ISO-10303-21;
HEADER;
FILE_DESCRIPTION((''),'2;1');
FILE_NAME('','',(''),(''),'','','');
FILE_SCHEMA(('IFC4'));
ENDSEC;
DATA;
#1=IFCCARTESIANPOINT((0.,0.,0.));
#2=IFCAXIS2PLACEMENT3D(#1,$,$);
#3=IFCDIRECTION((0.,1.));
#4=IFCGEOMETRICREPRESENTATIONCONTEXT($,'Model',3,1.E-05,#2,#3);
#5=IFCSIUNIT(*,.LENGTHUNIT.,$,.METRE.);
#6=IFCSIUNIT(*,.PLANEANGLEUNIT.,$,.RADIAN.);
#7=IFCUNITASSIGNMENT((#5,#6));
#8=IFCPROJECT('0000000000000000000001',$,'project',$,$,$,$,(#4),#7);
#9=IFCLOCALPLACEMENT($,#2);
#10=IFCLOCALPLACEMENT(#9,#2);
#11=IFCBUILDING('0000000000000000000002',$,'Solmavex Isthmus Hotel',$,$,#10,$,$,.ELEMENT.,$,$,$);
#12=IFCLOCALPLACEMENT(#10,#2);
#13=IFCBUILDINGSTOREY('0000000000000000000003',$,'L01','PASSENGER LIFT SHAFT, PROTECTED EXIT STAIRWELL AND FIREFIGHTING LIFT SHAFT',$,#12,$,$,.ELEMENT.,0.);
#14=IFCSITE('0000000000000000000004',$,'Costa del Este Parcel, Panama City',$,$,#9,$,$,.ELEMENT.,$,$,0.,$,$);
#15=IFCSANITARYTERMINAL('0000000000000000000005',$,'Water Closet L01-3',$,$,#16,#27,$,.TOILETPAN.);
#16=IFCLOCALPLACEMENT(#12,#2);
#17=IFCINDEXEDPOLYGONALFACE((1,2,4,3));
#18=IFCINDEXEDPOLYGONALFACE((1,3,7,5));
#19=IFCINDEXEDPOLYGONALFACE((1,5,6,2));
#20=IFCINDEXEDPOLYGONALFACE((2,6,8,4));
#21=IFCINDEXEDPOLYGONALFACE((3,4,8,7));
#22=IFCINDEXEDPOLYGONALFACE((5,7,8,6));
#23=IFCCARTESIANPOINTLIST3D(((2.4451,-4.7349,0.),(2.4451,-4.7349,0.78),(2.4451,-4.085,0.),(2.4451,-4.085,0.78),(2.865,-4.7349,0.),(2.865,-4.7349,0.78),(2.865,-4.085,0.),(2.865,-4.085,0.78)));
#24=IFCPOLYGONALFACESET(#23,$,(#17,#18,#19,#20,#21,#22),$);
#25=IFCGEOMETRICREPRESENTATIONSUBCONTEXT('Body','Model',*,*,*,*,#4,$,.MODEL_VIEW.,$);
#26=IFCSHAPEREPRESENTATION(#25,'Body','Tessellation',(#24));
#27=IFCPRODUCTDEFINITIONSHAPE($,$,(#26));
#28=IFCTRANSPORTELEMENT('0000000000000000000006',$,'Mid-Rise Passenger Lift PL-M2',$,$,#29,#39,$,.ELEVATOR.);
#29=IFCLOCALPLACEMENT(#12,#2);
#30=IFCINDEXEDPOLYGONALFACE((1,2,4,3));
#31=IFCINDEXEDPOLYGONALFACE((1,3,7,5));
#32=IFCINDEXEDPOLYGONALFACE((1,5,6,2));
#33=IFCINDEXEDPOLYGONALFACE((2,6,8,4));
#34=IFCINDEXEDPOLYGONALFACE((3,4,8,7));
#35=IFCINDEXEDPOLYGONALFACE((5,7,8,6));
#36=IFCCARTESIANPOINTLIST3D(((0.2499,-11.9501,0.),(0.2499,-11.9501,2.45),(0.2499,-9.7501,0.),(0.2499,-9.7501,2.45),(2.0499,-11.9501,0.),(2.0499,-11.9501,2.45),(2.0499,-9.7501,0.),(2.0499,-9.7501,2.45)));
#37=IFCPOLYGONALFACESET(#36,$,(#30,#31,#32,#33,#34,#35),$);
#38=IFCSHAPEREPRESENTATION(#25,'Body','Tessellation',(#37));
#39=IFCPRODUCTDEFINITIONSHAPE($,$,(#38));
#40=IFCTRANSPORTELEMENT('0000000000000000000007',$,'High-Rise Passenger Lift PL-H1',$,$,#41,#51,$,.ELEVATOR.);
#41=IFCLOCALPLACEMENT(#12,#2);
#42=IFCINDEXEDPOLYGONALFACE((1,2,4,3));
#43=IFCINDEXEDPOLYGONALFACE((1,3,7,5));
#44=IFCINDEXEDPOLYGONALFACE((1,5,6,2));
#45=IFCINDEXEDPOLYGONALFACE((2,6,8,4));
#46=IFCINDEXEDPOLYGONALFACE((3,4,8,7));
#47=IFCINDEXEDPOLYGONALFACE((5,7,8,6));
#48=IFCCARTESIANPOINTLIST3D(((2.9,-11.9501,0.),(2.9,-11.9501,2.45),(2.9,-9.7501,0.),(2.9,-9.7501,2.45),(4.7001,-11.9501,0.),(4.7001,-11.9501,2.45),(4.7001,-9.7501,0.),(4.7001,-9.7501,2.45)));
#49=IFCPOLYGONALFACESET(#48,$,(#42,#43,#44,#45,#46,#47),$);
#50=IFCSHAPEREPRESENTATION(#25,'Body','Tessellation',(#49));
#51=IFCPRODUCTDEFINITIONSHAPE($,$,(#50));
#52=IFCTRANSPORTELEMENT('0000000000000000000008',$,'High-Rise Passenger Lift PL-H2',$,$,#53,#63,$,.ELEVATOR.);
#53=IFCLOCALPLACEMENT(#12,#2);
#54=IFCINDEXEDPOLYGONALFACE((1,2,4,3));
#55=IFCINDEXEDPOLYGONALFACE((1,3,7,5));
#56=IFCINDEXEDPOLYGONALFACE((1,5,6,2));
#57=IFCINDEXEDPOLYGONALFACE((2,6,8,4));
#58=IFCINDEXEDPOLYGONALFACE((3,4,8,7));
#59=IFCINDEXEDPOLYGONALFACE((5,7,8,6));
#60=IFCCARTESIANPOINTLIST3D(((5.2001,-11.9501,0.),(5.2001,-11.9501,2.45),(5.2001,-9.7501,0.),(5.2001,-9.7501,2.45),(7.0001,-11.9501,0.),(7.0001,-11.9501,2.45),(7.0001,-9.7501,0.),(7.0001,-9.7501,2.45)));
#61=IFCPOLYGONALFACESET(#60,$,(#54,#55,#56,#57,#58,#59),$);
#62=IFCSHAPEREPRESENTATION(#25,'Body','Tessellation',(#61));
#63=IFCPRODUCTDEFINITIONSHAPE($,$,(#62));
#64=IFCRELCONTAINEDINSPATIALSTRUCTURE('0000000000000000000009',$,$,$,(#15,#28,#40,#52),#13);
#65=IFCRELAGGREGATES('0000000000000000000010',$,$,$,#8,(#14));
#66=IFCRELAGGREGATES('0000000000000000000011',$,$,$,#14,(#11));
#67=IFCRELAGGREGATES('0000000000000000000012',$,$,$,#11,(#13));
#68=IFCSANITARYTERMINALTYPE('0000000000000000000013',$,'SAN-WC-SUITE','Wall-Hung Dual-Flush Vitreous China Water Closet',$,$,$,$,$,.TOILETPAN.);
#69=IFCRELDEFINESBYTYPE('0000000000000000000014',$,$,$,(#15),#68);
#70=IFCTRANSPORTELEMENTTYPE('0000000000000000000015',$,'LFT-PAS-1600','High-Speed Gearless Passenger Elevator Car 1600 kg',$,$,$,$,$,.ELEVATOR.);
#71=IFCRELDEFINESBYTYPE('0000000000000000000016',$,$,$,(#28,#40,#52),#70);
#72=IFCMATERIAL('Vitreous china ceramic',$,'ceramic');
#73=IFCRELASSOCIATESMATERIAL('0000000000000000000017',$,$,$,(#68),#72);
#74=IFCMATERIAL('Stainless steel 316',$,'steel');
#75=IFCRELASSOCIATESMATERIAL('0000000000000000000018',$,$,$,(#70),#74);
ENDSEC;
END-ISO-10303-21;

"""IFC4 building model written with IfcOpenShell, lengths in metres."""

from ifc_helpers import new_model, si_unit, direction, frame, origin, origin_2d, place, context, subcontext, project, spatial, rectangle, extrude, material, type_object, element, save


model = new_model("IFC4")

# Units and contexts
model_context = context("Model", 3, precision=1e-05, world=origin(), true_north=direction((0.0, 1.0)))
body_context = subcontext(model_context, "Body", "Model", "MODEL_VIEW")
ifc_project = project(units=[si_unit("LENGTHUNIT", "METRE"), si_unit("PLANEANGLEUNIT", "RADIAN")], contexts=[model_context])

# Site, building, storey
site_placement = place(None, origin())
site = spatial("IfcSite", under=ifc_project, at=site_placement, Name="Costa del Este Parcel, Panama City", CompositionType="ELEMENT", RefElevation=0.0)
building_placement = place(site_placement, origin())
building = spatial("IfcBuilding", under=site, at=building_placement, Name="Solmavex Isthmus Hotel", CompositionType="ELEMENT")
storey_placement = place(building_placement, origin())
storey = spatial("IfcBuildingStorey", under=building, at=storey_placement, Name="L01", Description="PASSENGER LIFT SHAFT, PROTECTED EXIT STAIRWELL AND FIREFIGHTING LIFT SHAFT", CompositionType="ELEMENT", Elevation=0.0)

# Shared definitions
ifc_material_1 = material(Name="Stainless steel 316", Category="steel")

# Sanitary terminal
ifc_material_2 = material(Name="Vitreous china ceramic", Category="ceramic")
sanitary_terminal_type_1 = type_object("IfcSanitaryTerminalType", Name="SAN-WC-SUITE", Description="Wall-Hung Dual-Flush Vitreous China Water Closet", PredefinedType="TOILETPAN", material=ifc_material_2)
sanitary_terminal_1_placement = place(storey_placement, frame((2.655, -4.4099, 0.0), z_axis=(0.0, 0.0, 1.0), x_axis=(1.0, 0.0, 0.0)))
element("IfcSanitaryTerminal", 1, at=sanitary_terminal_1_placement, inside=storey, type_object=sanitary_terminal_type_1, Name="Water Closet L01-3", PredefinedType="TOILETPAN", context=body_context, shape_type="SweptSolid", body=[
    extrude(rectangle(XDim=0.4199, YDim=0.6499, at=origin_2d()), origin(), (0.0, 0.0, 1.0), 0.78),
])

# Transport elements
transport_element_type = type_object("IfcTransportElementType", Name="LFT-PAS-1600", Description="High-Speed Gearless Passenger Elevator Car 1600 kg", PredefinedType="ELEVATOR", material=ifc_material_1)
for number, where, z_axis, x_axis, name in (
    (2, (1.1499, -10.8501, 0.0), (0.0, 0.0, 1.0), (1.0, 0.0, 0.0), "Mid-Rise Passenger Lift PL-M2"),
    (3, (3.8, -10.8501, 0.0), (0.0, 0.0, 1.0), (1.0, 0.0, 0.0), "High-Rise Passenger Lift PL-H1"),
    (4, (6.1001, -10.8501, 0.0), (0.0, 0.0, 1.0), (1.0, 0.0, 0.0), "High-Rise Passenger Lift PL-H2"),
):
    element("IfcTransportElement", number, at=place(storey_placement, frame(where, z_axis=z_axis, x_axis=x_axis)), inside=storey, type_object=transport_element_type, Name=name, PredefinedType="ELEVATOR", context=body_context, shape_type="SweptSolid", body=[
        extrude(rectangle(XDim=1.8, YDim=2.2, at=origin_2d()), origin(), (0.0, 0.0, 1.0), 2.45),
    ])

save(model, "model.ifc")
